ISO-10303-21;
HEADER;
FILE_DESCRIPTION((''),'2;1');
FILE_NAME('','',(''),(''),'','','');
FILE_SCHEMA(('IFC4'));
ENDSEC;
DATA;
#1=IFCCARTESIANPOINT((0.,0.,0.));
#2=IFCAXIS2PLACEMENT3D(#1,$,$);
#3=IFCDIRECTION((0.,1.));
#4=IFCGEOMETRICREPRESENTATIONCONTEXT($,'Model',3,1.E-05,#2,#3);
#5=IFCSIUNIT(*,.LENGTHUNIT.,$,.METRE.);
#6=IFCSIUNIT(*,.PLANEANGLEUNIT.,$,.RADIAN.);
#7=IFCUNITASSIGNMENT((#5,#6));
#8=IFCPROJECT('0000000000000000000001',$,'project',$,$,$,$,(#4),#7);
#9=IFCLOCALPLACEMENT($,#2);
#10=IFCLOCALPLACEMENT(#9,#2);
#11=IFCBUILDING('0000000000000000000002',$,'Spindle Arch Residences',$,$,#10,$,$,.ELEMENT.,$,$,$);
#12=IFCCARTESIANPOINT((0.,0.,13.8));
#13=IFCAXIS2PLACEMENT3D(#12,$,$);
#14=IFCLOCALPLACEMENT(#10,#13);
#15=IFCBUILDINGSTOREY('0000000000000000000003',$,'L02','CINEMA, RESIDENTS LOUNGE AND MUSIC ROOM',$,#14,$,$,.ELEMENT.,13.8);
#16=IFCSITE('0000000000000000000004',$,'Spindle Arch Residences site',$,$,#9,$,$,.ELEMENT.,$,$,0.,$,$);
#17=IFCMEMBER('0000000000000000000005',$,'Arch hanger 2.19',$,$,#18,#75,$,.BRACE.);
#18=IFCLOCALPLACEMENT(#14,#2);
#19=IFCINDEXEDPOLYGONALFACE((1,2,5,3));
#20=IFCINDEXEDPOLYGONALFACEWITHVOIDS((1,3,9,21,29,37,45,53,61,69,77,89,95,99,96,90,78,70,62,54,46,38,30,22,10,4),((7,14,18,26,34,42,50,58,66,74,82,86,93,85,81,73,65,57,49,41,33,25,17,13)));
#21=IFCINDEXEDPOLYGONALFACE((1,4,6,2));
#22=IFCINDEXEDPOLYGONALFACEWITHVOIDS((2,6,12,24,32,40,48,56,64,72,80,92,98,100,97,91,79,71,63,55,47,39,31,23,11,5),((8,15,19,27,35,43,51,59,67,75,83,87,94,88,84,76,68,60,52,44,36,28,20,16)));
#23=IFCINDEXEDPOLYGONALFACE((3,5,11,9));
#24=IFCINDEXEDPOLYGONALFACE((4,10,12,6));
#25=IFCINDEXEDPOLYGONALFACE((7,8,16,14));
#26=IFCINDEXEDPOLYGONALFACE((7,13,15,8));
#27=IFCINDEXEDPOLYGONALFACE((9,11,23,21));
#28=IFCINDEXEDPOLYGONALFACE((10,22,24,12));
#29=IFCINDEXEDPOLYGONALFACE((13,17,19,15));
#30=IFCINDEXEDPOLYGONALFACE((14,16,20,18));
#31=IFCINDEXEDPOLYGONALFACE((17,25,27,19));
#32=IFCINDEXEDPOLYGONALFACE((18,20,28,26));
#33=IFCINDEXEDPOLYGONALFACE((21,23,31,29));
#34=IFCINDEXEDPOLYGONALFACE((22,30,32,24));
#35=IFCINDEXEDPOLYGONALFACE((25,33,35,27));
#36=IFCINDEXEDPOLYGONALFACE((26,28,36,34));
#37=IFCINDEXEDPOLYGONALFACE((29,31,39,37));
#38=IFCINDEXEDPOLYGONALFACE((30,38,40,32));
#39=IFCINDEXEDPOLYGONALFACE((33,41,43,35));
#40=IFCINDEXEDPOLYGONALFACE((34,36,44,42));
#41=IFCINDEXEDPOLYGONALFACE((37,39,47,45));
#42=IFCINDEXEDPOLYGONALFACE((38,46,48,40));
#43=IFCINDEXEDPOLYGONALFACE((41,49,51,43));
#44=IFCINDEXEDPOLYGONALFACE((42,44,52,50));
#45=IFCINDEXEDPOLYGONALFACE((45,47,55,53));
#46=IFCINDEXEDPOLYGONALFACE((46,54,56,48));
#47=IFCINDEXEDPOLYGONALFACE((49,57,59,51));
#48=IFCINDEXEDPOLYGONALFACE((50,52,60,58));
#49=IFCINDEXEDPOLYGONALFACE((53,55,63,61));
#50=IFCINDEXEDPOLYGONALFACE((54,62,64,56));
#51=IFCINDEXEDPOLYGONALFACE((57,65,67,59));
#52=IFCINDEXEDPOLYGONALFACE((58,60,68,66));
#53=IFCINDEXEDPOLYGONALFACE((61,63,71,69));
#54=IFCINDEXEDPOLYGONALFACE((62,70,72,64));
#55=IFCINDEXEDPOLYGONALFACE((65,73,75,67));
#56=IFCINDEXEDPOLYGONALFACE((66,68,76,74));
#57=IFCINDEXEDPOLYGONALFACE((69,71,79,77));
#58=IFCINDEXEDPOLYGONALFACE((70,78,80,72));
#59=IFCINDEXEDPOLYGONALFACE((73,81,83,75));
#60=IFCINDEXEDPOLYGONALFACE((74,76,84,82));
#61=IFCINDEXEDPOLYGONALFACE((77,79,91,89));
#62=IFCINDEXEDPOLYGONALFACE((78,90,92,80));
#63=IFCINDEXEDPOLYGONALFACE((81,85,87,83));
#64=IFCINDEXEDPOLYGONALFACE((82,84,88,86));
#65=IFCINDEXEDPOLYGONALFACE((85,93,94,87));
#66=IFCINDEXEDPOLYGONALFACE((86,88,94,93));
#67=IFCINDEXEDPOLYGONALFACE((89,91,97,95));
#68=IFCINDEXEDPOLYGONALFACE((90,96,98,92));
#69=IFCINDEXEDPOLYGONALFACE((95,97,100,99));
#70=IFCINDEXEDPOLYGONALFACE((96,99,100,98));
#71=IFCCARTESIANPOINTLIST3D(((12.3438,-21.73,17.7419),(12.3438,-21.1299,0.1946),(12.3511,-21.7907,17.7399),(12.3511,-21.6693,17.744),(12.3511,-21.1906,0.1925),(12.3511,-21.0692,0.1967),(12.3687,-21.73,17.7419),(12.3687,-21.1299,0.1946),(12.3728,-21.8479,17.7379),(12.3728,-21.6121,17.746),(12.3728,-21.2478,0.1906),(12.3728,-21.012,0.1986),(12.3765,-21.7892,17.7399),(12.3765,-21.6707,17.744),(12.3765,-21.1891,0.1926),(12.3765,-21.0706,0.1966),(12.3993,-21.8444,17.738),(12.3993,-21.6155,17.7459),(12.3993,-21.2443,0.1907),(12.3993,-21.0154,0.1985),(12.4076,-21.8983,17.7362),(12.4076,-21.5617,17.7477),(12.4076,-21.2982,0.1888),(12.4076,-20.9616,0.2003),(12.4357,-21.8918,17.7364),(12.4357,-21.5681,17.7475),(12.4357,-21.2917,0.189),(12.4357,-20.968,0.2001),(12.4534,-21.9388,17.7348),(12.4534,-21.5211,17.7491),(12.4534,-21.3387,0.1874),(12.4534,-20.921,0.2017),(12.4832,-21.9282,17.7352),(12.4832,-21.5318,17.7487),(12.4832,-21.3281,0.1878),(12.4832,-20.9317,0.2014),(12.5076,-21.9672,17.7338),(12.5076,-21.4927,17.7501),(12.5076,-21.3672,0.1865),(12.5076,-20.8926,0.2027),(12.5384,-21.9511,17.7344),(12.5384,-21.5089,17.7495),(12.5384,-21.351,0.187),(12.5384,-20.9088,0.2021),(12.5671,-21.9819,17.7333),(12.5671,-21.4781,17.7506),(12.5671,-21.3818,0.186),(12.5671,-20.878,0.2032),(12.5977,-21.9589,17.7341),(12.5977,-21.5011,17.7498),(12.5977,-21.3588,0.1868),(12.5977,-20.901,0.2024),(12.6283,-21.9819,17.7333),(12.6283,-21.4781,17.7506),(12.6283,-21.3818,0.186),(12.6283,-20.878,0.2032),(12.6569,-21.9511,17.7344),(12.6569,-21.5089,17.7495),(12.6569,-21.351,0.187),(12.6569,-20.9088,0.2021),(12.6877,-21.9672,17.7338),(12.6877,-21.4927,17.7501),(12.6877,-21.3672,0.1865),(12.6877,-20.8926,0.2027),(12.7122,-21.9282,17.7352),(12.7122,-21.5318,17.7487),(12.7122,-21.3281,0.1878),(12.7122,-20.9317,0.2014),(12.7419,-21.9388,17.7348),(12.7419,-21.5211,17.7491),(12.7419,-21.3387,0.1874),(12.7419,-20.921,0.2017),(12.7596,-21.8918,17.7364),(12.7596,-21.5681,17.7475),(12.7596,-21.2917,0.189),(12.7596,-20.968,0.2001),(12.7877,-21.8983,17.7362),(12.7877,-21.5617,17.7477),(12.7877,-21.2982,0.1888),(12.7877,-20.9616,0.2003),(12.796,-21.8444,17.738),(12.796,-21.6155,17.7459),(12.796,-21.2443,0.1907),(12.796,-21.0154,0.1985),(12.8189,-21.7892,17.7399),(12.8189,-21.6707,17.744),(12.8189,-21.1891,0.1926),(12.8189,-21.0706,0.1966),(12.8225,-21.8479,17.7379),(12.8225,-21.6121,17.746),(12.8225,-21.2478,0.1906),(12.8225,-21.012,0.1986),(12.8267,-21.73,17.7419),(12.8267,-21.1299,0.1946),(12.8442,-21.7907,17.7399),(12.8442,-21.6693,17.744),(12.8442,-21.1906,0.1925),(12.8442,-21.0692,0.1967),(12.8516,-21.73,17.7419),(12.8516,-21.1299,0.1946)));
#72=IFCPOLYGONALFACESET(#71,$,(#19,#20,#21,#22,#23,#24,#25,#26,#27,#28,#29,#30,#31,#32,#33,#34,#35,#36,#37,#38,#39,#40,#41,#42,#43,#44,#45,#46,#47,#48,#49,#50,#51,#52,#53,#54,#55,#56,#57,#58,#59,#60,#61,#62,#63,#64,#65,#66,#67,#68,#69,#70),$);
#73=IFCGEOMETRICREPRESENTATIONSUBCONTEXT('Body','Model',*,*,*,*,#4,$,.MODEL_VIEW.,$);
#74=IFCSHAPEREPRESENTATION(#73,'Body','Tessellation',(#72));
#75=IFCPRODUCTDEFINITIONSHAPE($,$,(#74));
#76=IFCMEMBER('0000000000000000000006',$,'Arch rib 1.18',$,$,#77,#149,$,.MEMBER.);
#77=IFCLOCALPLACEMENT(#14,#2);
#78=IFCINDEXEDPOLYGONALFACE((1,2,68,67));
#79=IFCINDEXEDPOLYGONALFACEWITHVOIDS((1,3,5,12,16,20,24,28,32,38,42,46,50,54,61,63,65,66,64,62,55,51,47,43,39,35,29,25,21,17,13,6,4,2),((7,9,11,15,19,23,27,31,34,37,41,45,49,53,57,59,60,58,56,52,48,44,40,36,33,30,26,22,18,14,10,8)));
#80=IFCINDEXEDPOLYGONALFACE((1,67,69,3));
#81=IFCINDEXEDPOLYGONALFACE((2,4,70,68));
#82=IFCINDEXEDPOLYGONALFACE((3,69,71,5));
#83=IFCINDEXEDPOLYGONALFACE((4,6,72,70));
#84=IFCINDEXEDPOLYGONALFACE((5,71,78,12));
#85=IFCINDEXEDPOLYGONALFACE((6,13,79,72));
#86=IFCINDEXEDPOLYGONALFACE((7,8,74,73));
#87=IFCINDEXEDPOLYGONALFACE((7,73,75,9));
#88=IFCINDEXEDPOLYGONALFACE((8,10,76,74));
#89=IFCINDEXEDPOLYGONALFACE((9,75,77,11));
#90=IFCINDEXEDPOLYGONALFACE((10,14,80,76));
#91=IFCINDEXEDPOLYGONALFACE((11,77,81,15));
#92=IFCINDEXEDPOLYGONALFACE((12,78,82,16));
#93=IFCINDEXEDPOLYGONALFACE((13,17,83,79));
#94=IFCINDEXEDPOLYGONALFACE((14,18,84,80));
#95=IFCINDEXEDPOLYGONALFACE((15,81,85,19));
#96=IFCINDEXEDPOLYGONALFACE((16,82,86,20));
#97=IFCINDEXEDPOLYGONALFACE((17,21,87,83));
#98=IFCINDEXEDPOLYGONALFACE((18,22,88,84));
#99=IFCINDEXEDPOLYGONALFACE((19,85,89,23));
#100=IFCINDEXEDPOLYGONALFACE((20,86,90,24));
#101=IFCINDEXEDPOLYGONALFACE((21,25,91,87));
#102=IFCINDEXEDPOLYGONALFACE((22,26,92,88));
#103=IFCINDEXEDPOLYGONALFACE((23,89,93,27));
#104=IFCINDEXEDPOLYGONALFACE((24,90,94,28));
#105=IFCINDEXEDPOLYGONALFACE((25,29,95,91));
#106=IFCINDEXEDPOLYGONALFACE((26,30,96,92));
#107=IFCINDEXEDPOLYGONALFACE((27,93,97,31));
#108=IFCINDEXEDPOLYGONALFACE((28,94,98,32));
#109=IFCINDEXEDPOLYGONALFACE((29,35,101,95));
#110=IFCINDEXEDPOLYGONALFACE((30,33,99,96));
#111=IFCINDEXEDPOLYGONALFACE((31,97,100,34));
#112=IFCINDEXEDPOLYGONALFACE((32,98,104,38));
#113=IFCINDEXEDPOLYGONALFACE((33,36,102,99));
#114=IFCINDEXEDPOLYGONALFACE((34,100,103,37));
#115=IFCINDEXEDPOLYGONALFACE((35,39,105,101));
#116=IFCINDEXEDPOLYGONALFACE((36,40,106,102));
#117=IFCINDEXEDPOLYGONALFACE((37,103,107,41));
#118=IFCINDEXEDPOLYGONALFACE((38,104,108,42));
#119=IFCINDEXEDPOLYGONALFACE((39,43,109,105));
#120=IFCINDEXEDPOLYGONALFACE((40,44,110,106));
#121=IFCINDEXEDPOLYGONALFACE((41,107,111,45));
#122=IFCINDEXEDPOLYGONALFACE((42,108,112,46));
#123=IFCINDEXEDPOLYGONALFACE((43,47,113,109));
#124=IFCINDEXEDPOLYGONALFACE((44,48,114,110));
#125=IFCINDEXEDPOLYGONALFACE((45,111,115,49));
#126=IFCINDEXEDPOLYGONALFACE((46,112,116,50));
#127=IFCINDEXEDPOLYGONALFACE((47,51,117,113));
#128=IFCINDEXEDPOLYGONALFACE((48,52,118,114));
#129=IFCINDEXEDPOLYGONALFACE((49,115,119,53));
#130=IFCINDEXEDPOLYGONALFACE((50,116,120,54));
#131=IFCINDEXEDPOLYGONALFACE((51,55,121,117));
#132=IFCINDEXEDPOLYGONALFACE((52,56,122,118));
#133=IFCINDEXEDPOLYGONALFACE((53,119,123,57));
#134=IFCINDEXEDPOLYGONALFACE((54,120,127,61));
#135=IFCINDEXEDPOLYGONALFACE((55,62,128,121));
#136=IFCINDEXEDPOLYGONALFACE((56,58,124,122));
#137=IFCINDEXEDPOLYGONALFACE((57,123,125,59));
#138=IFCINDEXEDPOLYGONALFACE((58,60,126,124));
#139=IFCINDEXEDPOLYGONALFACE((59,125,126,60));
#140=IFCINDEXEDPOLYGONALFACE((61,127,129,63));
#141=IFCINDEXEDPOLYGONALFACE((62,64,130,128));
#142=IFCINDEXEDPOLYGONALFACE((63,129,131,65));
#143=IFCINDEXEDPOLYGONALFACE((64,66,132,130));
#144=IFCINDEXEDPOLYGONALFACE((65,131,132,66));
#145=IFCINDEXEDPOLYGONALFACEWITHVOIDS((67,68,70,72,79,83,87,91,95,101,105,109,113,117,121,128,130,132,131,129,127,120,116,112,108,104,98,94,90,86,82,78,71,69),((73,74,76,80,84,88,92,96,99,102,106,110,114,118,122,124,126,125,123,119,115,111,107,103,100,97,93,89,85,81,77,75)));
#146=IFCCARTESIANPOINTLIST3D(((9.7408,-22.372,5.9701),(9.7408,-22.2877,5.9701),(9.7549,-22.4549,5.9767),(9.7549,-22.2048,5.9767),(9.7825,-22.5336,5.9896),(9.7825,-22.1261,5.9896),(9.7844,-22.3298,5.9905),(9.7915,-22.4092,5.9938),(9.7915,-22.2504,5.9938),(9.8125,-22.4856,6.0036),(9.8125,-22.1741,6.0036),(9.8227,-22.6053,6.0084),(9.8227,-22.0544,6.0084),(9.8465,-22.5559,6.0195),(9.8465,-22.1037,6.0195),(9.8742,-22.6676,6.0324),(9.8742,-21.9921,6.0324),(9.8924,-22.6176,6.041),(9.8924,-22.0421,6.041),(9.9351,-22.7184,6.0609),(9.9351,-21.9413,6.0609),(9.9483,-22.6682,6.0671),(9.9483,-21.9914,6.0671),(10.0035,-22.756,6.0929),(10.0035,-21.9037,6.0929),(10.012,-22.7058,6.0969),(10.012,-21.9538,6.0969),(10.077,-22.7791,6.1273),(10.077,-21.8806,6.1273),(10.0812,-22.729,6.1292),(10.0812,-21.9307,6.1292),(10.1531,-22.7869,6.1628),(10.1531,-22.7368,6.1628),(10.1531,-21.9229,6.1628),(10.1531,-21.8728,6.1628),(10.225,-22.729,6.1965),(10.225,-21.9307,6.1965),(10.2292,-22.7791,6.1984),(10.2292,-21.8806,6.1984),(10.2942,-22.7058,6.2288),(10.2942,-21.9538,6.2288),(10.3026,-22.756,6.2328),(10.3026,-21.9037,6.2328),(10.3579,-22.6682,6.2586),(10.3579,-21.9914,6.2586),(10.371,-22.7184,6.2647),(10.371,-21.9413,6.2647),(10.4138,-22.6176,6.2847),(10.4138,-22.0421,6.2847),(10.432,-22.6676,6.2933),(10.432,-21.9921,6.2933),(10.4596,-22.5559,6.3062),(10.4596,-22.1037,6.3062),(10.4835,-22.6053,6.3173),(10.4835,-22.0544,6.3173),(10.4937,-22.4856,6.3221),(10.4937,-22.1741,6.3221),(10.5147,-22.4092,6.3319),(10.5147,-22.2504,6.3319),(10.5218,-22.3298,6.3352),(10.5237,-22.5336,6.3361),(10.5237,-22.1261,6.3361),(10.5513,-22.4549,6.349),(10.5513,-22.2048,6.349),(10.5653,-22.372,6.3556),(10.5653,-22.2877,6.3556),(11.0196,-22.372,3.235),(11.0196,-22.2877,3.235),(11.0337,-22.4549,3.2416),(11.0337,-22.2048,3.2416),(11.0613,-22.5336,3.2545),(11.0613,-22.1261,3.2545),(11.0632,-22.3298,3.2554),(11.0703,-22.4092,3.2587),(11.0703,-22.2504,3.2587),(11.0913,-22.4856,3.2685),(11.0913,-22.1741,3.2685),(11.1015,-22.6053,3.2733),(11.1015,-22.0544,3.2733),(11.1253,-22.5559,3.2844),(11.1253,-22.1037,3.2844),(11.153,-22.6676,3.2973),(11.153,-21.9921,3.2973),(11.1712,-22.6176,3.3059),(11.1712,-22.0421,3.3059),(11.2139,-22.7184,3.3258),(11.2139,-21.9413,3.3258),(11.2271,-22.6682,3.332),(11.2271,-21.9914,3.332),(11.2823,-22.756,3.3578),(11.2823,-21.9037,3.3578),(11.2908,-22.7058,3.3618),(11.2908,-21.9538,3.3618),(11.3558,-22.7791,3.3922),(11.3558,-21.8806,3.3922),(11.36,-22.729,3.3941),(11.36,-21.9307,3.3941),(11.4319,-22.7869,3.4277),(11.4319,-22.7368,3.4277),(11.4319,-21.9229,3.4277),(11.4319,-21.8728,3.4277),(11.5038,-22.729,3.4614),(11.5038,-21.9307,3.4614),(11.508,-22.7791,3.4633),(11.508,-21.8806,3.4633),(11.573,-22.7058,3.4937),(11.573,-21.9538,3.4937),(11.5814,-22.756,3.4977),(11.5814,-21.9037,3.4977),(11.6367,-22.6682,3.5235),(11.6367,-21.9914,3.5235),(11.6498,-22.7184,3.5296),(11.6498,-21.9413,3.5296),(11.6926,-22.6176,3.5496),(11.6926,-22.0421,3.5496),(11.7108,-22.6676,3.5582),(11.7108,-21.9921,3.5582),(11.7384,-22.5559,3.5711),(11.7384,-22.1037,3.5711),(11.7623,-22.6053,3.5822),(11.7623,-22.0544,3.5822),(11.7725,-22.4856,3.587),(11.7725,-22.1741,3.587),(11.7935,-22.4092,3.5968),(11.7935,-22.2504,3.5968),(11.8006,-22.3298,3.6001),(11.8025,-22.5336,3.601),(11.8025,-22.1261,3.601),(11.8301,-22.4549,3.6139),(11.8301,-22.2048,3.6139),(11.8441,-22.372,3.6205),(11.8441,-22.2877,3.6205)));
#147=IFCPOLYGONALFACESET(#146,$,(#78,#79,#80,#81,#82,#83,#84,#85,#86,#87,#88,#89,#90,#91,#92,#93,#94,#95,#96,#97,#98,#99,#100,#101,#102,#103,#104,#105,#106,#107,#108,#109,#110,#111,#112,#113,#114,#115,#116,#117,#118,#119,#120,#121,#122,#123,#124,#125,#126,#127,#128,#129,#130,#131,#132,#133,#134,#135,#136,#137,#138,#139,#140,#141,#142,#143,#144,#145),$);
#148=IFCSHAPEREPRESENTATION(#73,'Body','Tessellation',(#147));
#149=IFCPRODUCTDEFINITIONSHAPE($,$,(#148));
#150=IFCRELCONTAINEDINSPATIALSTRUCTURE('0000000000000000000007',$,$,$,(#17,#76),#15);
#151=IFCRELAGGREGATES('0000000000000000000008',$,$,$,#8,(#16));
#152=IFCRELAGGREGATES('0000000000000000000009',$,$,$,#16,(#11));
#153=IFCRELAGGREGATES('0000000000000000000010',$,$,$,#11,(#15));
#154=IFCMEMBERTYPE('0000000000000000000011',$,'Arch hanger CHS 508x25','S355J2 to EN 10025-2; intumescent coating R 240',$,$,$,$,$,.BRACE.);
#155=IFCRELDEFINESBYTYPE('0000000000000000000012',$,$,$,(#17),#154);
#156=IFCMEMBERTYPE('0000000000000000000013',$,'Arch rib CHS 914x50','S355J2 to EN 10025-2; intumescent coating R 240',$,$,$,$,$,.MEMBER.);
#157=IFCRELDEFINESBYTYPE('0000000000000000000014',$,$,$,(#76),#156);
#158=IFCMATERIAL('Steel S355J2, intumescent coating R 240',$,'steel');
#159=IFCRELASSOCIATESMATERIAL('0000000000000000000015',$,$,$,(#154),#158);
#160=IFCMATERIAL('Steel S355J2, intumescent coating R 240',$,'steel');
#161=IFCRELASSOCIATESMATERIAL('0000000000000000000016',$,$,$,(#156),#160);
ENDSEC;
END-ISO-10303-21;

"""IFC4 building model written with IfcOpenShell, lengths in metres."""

from ifc_helpers import new_model, si_unit, direction, frame, origin, origin_2d, place, context, subcontext, project, spatial, hollow_circle, extrude, material, material_profile, profile_set, type_object, element, save


model = new_model("IFC4")

# Units and contexts
model_context = context("Model", 3, precision=1e-05, world=origin(), true_north=direction((0.0, 1.0)))
body_context = subcontext(model_context, "Body", "Model", "MODEL_VIEW")
ifc_project = project(units=[si_unit("LENGTHUNIT", "METRE"), si_unit("PLANEANGLEUNIT", "RADIAN")], contexts=[model_context])

# Site, building, storey
site_placement = place(None, origin())
site = spatial("IfcSite", under=ifc_project, at=site_placement, Name="Spindle Arch Residences site", CompositionType="ELEMENT", RefElevation=0.0)
building_placement = place(site_placement, origin())
building = spatial("IfcBuilding", under=site, at=building_placement, Name="Spindle Arch Residences", CompositionType="ELEMENT")
storey_placement = place(building_placement, frame((0.0, 0.0, 13.8)))
storey = spatial("IfcBuildingStorey", under=building, at=storey_placement, Name="L02", Description="CINEMA, RESIDENTS LOUNGE AND MUSIC ROOM", CompositionType="ELEMENT", Elevation=13.8)

# Members
ifc_material_1 = material(Name="Steel S355J2, intumescent coating R 240", Category="steel")
ifc_material_profile_1 = material_profile(ifc_material_1, hollow_circle(Radius=0.2539, WallThickness=0.0249, at=origin_2d()), Name="CHS 508x25")
ifc_profile_set_1 = profile_set([ifc_material_profile_1], Name="Steel S355J2, intumescent coating R 240")
member_type_1 = type_object("IfcMemberType", Name="Arch hanger CHS 508x25", Description="S355J2 to EN 10025-2; intumescent coating R 240", PredefinedType="BRACE", material=ifc_profile_set_1)
member_1_placement = place(storey_placement, frame((12.5977, -21.73, 17.7419), z_axis=(0.0, 0.034179, -0.999416), x_axis=(-1.0, 0.0, 0.0)))
element("IfcMember", 1, at=member_1_placement, inside=storey, type_object=member_type_1, Name="Arch hanger 2.19", PredefinedType="BRACE", context=body_context, shape_type="SweptSolid", body=[
    extrude(hollow_circle(Radius=0.2539, WallThickness=0.0249, at=origin_2d()), origin(), (0.0, 0.0, 1.0), 17.5576),
])
ifc_material_2 = material(Name="Steel S355J2, intumescent coating R 240", Category="steel")
ifc_material_profile_2 = material_profile(ifc_material_2, hollow_circle(Radius=0.457, WallThickness=0.05, at=origin_2d()), Name="CHS 914x50")
ifc_profile_set_2 = profile_set([ifc_material_profile_2], Name="Steel S355J2, intumescent coating R 240")
member_type_2 = type_object("IfcMemberType", Name="Arch rib CHS 914x50", Description="S355J2 to EN 10025-2; intumescent coating R 240", PredefinedType="MEMBER", material=ifc_profile_set_2)
member_2_placement = place(storey_placement, frame((10.1531, -22.3298, 6.1628), z_axis=(0.423545, 0.0, -0.905875), x_axis=(0.0, 1.0, 0.0)))
element("IfcMember", 2, at=member_2_placement, inside=storey, type_object=member_type_2, Name="Arch rib 1.18", PredefinedType="MEMBER", context=body_context, shape_type="SweptSolid", body=[
    extrude(hollow_circle(Radius=0.457, WallThickness=0.05, at=origin_2d()), origin(), (0.0, 0.0, 1.0), 3.0193),
])

save(model, "model.ifc")
